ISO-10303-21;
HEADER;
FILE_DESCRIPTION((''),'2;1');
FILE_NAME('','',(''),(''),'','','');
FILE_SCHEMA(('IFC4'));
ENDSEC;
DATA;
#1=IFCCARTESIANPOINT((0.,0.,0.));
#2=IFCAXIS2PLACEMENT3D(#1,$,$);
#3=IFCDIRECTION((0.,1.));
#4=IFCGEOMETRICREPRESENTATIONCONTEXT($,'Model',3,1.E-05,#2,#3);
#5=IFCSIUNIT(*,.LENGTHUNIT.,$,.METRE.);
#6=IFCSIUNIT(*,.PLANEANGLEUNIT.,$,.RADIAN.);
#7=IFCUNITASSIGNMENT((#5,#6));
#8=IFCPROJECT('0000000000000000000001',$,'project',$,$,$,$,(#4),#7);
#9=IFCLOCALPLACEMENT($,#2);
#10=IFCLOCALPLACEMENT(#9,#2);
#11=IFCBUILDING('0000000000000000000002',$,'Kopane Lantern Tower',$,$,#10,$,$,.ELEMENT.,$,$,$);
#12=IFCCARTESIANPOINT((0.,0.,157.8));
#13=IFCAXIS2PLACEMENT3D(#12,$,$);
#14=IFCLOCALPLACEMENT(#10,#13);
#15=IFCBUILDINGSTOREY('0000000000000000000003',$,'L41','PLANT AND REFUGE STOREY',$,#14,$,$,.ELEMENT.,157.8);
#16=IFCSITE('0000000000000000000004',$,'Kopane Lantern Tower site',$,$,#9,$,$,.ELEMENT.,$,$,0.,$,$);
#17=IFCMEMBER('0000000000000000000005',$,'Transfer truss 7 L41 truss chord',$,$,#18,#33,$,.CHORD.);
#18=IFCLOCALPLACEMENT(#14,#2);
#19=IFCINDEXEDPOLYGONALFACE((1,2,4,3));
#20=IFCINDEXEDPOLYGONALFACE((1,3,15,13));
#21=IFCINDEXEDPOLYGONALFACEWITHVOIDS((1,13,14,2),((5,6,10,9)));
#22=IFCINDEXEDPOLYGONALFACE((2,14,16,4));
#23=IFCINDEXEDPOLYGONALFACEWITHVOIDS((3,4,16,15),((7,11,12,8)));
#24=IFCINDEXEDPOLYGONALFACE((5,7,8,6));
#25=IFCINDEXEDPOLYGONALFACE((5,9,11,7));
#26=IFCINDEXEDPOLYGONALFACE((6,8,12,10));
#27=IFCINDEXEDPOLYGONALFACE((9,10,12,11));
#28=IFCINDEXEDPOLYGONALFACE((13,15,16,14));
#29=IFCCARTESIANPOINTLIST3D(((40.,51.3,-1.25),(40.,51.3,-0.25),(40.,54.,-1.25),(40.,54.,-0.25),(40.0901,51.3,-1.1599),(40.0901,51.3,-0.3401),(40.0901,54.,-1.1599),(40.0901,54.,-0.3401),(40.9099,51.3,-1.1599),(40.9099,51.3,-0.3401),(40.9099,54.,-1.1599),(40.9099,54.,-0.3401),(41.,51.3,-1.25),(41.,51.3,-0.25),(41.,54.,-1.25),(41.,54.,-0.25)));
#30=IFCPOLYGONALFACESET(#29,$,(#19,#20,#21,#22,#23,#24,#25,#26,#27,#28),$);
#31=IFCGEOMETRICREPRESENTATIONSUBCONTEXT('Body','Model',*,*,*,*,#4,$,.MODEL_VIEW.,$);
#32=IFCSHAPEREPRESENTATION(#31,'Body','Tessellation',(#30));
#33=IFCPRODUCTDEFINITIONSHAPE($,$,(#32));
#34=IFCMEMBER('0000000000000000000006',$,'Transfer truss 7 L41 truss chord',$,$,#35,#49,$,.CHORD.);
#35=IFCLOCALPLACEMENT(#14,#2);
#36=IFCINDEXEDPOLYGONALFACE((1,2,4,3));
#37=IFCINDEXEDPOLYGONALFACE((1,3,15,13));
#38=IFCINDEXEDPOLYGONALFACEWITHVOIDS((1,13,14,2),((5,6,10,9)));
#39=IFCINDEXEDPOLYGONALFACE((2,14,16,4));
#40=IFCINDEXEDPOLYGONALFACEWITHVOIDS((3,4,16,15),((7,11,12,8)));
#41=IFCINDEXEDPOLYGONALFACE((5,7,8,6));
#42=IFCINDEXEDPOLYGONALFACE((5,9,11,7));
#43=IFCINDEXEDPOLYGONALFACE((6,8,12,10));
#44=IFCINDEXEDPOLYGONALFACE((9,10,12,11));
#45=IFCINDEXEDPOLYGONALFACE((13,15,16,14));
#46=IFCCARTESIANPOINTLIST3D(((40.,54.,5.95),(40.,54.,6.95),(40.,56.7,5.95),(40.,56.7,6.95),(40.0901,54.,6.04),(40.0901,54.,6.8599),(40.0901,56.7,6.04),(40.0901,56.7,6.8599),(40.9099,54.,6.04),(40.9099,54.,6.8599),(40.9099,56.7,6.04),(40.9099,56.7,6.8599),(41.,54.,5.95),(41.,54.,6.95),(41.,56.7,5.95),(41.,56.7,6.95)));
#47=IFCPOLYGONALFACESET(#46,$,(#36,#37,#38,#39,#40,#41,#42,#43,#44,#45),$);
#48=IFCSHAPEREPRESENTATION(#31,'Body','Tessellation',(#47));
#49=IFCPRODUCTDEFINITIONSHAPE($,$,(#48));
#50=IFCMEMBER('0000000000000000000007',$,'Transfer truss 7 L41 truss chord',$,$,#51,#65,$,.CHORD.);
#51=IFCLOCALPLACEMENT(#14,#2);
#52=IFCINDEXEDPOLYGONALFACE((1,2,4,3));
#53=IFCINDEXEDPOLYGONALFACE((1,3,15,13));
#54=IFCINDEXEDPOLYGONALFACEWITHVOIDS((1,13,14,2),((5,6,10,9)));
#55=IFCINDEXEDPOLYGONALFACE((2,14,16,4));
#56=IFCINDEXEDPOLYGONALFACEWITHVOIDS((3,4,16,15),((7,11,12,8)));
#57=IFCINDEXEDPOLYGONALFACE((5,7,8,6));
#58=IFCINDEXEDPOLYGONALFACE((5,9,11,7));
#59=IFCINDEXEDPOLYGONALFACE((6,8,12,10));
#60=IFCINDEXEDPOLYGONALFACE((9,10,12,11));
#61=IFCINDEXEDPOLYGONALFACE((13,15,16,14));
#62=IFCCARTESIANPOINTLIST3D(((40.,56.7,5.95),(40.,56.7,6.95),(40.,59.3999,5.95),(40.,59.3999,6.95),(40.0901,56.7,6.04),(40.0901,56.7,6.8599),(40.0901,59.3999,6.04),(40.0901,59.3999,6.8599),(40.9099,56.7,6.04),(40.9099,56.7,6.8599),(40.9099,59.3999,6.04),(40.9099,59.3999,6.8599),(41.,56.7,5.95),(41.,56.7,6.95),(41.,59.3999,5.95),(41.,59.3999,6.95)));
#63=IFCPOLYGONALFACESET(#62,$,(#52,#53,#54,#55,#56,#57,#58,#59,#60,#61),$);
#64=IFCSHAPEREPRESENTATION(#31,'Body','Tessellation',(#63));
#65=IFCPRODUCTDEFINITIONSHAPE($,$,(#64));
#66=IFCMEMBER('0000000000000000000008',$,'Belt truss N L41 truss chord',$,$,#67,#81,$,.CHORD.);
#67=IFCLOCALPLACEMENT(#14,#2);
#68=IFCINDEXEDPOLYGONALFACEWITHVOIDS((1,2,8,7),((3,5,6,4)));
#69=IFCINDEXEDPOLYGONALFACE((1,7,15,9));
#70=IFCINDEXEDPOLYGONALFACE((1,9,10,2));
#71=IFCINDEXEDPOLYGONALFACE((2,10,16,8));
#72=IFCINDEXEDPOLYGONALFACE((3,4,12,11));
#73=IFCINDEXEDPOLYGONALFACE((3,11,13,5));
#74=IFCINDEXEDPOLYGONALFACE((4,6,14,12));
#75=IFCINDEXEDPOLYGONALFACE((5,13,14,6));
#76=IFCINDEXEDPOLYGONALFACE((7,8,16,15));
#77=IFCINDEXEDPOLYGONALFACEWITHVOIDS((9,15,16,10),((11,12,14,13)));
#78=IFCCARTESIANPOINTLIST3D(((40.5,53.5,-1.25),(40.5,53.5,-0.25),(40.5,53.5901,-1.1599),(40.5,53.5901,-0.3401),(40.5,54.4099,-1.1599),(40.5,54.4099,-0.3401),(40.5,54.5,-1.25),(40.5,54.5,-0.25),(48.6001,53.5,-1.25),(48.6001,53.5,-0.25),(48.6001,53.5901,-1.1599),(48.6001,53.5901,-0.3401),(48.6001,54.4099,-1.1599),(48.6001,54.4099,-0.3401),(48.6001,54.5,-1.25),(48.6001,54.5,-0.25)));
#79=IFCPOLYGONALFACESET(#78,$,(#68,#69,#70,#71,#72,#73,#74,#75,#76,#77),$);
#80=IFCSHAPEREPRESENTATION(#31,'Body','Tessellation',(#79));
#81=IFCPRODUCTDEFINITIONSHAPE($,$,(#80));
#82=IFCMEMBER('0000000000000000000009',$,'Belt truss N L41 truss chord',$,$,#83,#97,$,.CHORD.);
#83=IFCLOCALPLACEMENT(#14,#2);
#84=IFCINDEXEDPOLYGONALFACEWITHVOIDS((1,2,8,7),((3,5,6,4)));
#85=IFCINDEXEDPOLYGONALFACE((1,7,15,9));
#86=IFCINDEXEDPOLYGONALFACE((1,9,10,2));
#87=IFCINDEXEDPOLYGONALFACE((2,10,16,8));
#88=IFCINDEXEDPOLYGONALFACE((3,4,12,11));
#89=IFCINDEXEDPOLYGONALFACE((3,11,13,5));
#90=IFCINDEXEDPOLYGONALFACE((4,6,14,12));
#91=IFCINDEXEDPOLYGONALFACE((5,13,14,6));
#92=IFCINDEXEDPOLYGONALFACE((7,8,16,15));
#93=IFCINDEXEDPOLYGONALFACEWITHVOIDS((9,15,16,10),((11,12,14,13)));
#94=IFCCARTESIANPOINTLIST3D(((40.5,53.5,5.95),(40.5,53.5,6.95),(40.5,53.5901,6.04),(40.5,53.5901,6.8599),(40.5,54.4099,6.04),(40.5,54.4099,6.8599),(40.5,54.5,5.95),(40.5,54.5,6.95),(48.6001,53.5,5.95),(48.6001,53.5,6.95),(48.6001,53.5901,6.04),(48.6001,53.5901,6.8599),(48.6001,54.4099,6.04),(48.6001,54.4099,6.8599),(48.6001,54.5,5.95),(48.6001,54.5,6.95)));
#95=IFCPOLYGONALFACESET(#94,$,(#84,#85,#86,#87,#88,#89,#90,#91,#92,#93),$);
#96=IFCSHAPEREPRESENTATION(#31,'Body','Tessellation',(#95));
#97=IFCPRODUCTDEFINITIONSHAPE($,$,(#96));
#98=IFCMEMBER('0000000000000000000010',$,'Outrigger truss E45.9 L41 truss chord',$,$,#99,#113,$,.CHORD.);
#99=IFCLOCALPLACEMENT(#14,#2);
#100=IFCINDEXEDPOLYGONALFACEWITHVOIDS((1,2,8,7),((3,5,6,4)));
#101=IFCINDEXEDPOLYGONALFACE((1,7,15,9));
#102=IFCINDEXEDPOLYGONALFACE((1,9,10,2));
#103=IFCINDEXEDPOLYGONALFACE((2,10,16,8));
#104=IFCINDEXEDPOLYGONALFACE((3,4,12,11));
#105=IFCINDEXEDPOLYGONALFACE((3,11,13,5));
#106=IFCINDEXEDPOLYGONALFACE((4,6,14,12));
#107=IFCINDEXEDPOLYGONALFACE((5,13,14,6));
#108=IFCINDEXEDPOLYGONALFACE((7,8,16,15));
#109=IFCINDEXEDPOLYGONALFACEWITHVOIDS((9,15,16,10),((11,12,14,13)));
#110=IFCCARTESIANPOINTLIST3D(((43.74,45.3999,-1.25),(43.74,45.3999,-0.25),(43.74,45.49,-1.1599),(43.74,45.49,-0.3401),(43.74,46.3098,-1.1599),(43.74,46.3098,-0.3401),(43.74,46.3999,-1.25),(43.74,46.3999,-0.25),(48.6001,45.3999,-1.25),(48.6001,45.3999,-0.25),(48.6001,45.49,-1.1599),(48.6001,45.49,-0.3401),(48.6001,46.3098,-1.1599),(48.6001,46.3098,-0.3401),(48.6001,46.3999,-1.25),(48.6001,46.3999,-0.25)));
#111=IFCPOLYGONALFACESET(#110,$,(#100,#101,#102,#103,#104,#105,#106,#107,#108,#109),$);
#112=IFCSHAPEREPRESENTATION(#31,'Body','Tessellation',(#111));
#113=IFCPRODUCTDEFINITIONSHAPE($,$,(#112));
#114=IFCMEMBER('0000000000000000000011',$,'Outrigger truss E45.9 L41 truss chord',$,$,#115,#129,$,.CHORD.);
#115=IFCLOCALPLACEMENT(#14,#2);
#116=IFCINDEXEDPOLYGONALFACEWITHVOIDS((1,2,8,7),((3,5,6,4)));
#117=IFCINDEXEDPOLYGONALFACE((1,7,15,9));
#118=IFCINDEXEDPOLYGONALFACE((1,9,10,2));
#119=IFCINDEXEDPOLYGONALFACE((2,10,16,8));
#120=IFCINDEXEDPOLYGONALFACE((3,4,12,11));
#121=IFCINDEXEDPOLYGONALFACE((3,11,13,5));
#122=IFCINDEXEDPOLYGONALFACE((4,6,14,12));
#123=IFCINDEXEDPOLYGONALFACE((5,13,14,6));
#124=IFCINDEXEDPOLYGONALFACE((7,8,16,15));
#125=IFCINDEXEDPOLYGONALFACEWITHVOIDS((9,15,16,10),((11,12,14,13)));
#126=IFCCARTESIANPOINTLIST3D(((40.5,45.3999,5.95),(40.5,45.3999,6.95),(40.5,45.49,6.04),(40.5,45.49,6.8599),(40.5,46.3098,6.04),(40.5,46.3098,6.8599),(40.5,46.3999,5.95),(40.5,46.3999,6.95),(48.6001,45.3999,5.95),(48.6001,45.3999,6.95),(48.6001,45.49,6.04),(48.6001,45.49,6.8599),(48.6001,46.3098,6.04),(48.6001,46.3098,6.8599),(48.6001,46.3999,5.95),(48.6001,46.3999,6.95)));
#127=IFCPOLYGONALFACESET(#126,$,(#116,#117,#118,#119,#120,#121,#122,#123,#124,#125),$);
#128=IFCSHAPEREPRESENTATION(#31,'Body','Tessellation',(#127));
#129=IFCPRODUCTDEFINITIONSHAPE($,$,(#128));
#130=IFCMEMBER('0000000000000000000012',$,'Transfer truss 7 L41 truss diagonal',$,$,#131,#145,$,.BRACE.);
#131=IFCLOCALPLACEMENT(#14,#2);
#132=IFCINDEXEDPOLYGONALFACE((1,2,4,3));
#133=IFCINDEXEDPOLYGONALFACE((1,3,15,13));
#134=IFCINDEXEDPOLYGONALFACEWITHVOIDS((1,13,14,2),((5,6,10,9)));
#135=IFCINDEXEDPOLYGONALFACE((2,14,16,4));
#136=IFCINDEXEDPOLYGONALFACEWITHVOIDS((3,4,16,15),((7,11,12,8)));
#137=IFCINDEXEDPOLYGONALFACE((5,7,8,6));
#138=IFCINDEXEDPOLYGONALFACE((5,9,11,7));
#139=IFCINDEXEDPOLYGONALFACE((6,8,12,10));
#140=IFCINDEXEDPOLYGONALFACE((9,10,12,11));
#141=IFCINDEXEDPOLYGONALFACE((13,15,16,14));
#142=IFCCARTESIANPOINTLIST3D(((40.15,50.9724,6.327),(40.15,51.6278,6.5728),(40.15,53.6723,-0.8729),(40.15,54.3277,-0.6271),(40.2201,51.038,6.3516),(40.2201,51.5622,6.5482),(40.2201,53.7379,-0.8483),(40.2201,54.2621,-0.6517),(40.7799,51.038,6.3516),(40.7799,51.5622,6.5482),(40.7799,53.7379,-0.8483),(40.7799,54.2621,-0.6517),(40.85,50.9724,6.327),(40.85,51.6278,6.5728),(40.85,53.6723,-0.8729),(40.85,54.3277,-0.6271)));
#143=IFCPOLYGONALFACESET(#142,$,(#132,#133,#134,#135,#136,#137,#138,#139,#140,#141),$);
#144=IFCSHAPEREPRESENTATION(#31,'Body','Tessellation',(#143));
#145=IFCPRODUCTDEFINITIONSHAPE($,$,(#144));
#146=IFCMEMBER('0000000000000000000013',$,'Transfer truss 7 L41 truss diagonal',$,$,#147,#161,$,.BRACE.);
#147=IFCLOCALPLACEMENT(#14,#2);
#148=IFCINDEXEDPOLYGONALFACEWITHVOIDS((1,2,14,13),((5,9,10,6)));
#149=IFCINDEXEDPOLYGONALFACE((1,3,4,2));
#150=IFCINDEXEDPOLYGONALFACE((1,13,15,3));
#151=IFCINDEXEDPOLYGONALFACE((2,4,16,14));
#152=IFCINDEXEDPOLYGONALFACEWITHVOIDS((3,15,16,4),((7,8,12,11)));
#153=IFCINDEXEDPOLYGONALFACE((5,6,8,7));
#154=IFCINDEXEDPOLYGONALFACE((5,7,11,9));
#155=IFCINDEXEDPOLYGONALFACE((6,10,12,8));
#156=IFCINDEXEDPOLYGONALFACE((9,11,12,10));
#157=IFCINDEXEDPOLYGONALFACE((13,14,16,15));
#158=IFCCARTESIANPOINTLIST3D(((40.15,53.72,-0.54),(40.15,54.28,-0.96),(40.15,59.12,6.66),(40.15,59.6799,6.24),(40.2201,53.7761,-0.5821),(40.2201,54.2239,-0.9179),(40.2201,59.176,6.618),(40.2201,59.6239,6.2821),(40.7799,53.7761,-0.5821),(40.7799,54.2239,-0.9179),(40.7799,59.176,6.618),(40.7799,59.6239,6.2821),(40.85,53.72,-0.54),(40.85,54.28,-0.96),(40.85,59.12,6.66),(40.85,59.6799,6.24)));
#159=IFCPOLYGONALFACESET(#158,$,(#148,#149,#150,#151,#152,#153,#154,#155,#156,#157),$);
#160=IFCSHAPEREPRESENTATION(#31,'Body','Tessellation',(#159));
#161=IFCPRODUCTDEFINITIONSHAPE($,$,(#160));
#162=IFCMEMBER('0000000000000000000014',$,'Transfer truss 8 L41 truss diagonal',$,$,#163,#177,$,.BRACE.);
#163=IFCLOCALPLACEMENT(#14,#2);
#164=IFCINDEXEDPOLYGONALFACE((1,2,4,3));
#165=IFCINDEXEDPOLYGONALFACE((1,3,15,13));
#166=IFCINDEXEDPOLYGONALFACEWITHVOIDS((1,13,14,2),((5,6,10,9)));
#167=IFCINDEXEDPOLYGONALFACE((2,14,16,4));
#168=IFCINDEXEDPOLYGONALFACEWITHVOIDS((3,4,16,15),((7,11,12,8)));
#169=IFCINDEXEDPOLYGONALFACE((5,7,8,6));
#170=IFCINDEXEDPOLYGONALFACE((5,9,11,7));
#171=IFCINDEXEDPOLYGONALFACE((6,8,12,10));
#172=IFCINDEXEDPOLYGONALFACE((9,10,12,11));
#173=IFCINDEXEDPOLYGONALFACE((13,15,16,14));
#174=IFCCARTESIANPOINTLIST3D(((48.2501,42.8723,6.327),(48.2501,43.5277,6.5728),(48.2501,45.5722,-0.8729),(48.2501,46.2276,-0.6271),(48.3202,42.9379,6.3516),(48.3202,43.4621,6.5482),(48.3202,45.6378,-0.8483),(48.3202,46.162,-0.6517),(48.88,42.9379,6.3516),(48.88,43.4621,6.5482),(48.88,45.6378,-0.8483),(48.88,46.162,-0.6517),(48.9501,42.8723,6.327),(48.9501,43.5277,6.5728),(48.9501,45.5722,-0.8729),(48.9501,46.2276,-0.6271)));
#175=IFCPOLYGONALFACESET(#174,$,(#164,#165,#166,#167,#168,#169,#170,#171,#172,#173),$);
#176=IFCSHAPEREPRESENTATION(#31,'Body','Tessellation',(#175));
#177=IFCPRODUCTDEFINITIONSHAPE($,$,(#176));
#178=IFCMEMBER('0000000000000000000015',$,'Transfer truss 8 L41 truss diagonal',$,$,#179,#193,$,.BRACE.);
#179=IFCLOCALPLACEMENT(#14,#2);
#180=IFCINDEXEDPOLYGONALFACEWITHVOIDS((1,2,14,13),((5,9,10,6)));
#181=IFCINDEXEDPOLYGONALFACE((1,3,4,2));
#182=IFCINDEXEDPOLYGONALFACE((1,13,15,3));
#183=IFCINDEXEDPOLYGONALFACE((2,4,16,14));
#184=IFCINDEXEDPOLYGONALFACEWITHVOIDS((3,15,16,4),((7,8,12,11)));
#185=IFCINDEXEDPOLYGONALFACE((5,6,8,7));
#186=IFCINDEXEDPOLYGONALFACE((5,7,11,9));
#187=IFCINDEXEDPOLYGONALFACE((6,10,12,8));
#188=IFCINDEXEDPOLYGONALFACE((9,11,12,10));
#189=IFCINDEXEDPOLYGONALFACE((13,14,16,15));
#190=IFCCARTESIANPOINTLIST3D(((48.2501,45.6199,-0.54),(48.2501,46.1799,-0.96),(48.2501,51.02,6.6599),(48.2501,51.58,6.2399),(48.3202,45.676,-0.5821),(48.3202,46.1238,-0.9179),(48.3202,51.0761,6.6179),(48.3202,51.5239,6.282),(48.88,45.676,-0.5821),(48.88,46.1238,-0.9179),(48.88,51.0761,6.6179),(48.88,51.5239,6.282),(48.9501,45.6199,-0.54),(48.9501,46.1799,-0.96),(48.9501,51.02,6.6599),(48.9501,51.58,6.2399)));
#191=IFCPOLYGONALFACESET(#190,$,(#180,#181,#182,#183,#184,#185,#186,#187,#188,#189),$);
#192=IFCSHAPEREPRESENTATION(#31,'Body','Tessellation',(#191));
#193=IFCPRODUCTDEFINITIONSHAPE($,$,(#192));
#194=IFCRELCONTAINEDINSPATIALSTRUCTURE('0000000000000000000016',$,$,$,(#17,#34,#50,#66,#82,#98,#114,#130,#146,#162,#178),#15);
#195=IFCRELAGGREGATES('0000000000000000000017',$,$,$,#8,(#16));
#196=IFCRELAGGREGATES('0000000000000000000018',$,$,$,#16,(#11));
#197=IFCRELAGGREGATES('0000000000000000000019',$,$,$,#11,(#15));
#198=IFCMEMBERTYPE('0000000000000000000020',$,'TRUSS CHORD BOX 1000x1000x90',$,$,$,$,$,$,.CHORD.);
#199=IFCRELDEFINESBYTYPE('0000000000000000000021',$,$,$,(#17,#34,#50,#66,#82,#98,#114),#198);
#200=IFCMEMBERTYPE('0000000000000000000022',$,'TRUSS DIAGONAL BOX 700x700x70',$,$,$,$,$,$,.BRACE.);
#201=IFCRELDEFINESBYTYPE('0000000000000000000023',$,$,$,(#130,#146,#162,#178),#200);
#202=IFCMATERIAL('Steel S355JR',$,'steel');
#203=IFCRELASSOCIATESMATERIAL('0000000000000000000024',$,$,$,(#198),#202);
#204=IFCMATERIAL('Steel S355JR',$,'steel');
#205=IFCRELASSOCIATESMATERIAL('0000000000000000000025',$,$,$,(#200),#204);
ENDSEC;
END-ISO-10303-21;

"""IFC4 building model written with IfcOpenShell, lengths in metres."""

from ifc_helpers import new_model, si_unit, direction, frame, origin, origin_2d, place, context, subcontext, project, spatial, hollow_rectangle, extrude, material, material_profile, profile_set, type_object, element, save


model = new_model("IFC4")

# Units and contexts
model_context = context("Model", 3, precision=1e-05, world=origin(), true_north=direction((0.0, 1.0)))
body_context = subcontext(model_context, "Body", "Model", "MODEL_VIEW")
ifc_project = project(units=[si_unit("LENGTHUNIT", "METRE"), si_unit("PLANEANGLEUNIT", "RADIAN")], contexts=[model_context])

# Site, building, storey
site_placement = place(None, origin())
site = spatial("IfcSite", under=ifc_project, at=site_placement, Name="Kopane Lantern Tower site", CompositionType="ELEMENT", RefElevation=0.0)
building_placement = place(site_placement, origin())
building = spatial("IfcBuilding", under=site, at=building_placement, Name="Kopane Lantern Tower", CompositionType="ELEMENT")
storey_placement = place(building_placement, frame((0.0, 0.0, 157.8)))
storey = spatial("IfcBuildingStorey", under=building, at=storey_placement, Name="L41", Description="PLANT AND REFUGE STOREY", CompositionType="ELEMENT", Elevation=157.8)

# Members
ifc_material_1 = material(Name="Steel S355JR", Category="steel")
ifc_material_profile_1 = material_profile(ifc_material_1, hollow_rectangle(XDim=1.0, YDim=1.0, WallThickness=0.0901, at=origin_2d()), Name="BOX 1000x1000x90")
ifc_profile_set_1 = profile_set([ifc_material_profile_1], Name="Steel S355JR")
member_type_1 = type_object("IfcMemberType", Name="TRUSS CHORD BOX 1000x1000x90", PredefinedType="CHORD", material=ifc_profile_set_1)
for number, where, z_axis, x_axis, name in (
    (1, (40.5, 51.3, -0.75), (0.0, 1.0, 0.0), (-1.0, 0.0, 0.0), "Transfer truss 7 L41 truss chord"),
    (2, (40.5, 54.0, 6.45), (0.0, 1.0, 0.0), (-1.0, 0.0, 0.0), "Transfer truss 7 L41 truss chord"),
    (3, (40.5, 56.7, 6.45), (0.0, 1.0, 0.0), (-1.0, 0.0, 0.0), "Transfer truss 7 L41 truss chord"),
):
    element("IfcMember", number, at=place(storey_placement, frame(where, z_axis=z_axis, x_axis=x_axis)), inside=storey, type_object=member_type_1, Name=name, PredefinedType="CHORD", context=body_context, shape_type="SweptSolid", body=[
        extrude(hollow_rectangle(XDim=1.0, YDim=1.0, WallThickness=0.0901, at=origin_2d()), origin(), (0.0, 0.0, 1.0), 2.7),
    ])
for number, where, z_axis, x_axis, name in (
    (4, (40.5, 54.0, -0.75), (1.0, 0.0, 0.0), (0.0, 1.0, 0.0), "Belt truss N L41 truss chord"),
    (5, (40.5, 54.0, 6.45), (1.0, 0.0, 0.0), (0.0, 1.0, 0.0), "Belt truss N L41 truss chord"),
):
    element("IfcMember", number, at=place(storey_placement, frame(where, z_axis=z_axis, x_axis=x_axis)), inside=storey, type_object=member_type_1, Name=name, PredefinedType="CHORD", context=body_context, shape_type="SweptSolid", body=[
        extrude(hollow_rectangle(XDim=1.0, YDim=1.0, WallThickness=0.0901, at=origin_2d()), origin(), (0.0, 0.0, 1.0), 8.1001),
    ])
member_1_placement = place(storey_placement, frame((48.6001, 45.8999, -0.75), z_axis=(-1.0, 0.0, 0.0), x_axis=(0.0, -1.0, 0.0)))
element("IfcMember", 6, at=member_1_placement, inside=storey, type_object=member_type_1, Name="Outrigger truss E45.9 L41 truss chord", PredefinedType="CHORD", context=body_context, shape_type="SweptSolid", body=[
    extrude(hollow_rectangle(XDim=1.0, YDim=1.0, WallThickness=0.0901, at=origin_2d()), origin(), (0.0, 0.0, 1.0), 4.8601),
])
member_2_placement = place(storey_placement, frame((48.6001, 45.8999, 6.45), z_axis=(-1.0, 0.0, 0.0), x_axis=(0.0, -1.0, 0.0)))
element("IfcMember", 7, at=member_2_placement, inside=storey, type_object=member_type_1, Name="Outrigger truss E45.9 L41 truss chord", PredefinedType="CHORD", context=body_context, shape_type="SweptSolid", body=[
    extrude(hollow_rectangle(XDim=1.0, YDim=1.0, WallThickness=0.0901, at=origin_2d()), origin(), (0.0, 0.0, 1.0), 8.1001),
])
ifc_material_2 = material(Name="Steel S355JR", Category="steel")
ifc_material_profile_2 = material_profile(ifc_material_2, hollow_rectangle(XDim=0.7, YDim=0.7, WallThickness=0.0701, at=origin_2d()), Name="BOX 700x700x70")
ifc_profile_set_2 = profile_set([ifc_material_profile_2], Name="Steel S355JR")
member_type_2 = type_object("IfcMemberType", Name="TRUSS DIAGONAL BOX 700x700x70", PredefinedType="BRACE", material=ifc_profile_set_2)
member_3_placement = place(storey_placement, frame((40.5, 54.0, -0.75), z_axis=(0.0, -0.35112, 0.93633), x_axis=(1.0, 0.0, 0.0)))
element("IfcMember", 8, at=member_3_placement, inside=storey, type_object=member_type_2, Name="Transfer truss 7 L41 truss diagonal", PredefinedType="BRACE", context=body_context, shape_type="SweptSolid", body=[
    extrude(hollow_rectangle(XDim=0.7, YDim=0.7, WallThickness=0.0701, at=origin_2d()), origin(), (0.0, 0.0, 1.0), 7.6895),
])
member_4_placement = place(storey_placement, frame((40.5, 54.0, -0.75), z_axis=(0.0, 0.599996, 0.800003), x_axis=(-1.0, 0.0, 0.0)))
element("IfcMember", 9, at=member_4_placement, inside=storey, type_object=member_type_2, Name="Transfer truss 7 L41 truss diagonal", PredefinedType="BRACE", context=body_context, shape_type="SweptSolid", body=[
    extrude(hollow_rectangle(XDim=0.7, YDim=0.7, WallThickness=0.0701, at=origin_2d()), origin(), (0.0, 0.0, 1.0), 9.0),
])
member_5_placement = place(storey_placement, frame((48.6001, 45.8999, -0.75), z_axis=(0.0, -0.35112, 0.93633), x_axis=(1.0, 0.0, 0.0)))
element("IfcMember", 10, at=member_5_placement, inside=storey, type_object=member_type_2, Name="Transfer truss 8 L41 truss diagonal", PredefinedType="BRACE", context=body_context, shape_type="SweptSolid", body=[
    extrude(hollow_rectangle(XDim=0.7, YDim=0.7, WallThickness=0.0701, at=origin_2d()), origin(), (0.0, 0.0, 1.0), 7.6895),
])
member_6_placement = place(storey_placement, frame((48.6001, 45.8999, -0.75), z_axis=(0.0, 0.600013, 0.79999), x_axis=(-1.0, 0.0, 0.0)))
element("IfcMember", 11, at=member_6_placement, inside=storey, type_object=member_type_2, Name="Transfer truss 8 L41 truss diagonal", PredefinedType="BRACE", context=body_context, shape_type="SweptSolid", body=[
    extrude(hollow_rectangle(XDim=0.7, YDim=0.7, WallThickness=0.0701, at=origin_2d()), origin(), (0.0, 0.0, 1.0), 9.0),
])

save(model, "model.ifc")
